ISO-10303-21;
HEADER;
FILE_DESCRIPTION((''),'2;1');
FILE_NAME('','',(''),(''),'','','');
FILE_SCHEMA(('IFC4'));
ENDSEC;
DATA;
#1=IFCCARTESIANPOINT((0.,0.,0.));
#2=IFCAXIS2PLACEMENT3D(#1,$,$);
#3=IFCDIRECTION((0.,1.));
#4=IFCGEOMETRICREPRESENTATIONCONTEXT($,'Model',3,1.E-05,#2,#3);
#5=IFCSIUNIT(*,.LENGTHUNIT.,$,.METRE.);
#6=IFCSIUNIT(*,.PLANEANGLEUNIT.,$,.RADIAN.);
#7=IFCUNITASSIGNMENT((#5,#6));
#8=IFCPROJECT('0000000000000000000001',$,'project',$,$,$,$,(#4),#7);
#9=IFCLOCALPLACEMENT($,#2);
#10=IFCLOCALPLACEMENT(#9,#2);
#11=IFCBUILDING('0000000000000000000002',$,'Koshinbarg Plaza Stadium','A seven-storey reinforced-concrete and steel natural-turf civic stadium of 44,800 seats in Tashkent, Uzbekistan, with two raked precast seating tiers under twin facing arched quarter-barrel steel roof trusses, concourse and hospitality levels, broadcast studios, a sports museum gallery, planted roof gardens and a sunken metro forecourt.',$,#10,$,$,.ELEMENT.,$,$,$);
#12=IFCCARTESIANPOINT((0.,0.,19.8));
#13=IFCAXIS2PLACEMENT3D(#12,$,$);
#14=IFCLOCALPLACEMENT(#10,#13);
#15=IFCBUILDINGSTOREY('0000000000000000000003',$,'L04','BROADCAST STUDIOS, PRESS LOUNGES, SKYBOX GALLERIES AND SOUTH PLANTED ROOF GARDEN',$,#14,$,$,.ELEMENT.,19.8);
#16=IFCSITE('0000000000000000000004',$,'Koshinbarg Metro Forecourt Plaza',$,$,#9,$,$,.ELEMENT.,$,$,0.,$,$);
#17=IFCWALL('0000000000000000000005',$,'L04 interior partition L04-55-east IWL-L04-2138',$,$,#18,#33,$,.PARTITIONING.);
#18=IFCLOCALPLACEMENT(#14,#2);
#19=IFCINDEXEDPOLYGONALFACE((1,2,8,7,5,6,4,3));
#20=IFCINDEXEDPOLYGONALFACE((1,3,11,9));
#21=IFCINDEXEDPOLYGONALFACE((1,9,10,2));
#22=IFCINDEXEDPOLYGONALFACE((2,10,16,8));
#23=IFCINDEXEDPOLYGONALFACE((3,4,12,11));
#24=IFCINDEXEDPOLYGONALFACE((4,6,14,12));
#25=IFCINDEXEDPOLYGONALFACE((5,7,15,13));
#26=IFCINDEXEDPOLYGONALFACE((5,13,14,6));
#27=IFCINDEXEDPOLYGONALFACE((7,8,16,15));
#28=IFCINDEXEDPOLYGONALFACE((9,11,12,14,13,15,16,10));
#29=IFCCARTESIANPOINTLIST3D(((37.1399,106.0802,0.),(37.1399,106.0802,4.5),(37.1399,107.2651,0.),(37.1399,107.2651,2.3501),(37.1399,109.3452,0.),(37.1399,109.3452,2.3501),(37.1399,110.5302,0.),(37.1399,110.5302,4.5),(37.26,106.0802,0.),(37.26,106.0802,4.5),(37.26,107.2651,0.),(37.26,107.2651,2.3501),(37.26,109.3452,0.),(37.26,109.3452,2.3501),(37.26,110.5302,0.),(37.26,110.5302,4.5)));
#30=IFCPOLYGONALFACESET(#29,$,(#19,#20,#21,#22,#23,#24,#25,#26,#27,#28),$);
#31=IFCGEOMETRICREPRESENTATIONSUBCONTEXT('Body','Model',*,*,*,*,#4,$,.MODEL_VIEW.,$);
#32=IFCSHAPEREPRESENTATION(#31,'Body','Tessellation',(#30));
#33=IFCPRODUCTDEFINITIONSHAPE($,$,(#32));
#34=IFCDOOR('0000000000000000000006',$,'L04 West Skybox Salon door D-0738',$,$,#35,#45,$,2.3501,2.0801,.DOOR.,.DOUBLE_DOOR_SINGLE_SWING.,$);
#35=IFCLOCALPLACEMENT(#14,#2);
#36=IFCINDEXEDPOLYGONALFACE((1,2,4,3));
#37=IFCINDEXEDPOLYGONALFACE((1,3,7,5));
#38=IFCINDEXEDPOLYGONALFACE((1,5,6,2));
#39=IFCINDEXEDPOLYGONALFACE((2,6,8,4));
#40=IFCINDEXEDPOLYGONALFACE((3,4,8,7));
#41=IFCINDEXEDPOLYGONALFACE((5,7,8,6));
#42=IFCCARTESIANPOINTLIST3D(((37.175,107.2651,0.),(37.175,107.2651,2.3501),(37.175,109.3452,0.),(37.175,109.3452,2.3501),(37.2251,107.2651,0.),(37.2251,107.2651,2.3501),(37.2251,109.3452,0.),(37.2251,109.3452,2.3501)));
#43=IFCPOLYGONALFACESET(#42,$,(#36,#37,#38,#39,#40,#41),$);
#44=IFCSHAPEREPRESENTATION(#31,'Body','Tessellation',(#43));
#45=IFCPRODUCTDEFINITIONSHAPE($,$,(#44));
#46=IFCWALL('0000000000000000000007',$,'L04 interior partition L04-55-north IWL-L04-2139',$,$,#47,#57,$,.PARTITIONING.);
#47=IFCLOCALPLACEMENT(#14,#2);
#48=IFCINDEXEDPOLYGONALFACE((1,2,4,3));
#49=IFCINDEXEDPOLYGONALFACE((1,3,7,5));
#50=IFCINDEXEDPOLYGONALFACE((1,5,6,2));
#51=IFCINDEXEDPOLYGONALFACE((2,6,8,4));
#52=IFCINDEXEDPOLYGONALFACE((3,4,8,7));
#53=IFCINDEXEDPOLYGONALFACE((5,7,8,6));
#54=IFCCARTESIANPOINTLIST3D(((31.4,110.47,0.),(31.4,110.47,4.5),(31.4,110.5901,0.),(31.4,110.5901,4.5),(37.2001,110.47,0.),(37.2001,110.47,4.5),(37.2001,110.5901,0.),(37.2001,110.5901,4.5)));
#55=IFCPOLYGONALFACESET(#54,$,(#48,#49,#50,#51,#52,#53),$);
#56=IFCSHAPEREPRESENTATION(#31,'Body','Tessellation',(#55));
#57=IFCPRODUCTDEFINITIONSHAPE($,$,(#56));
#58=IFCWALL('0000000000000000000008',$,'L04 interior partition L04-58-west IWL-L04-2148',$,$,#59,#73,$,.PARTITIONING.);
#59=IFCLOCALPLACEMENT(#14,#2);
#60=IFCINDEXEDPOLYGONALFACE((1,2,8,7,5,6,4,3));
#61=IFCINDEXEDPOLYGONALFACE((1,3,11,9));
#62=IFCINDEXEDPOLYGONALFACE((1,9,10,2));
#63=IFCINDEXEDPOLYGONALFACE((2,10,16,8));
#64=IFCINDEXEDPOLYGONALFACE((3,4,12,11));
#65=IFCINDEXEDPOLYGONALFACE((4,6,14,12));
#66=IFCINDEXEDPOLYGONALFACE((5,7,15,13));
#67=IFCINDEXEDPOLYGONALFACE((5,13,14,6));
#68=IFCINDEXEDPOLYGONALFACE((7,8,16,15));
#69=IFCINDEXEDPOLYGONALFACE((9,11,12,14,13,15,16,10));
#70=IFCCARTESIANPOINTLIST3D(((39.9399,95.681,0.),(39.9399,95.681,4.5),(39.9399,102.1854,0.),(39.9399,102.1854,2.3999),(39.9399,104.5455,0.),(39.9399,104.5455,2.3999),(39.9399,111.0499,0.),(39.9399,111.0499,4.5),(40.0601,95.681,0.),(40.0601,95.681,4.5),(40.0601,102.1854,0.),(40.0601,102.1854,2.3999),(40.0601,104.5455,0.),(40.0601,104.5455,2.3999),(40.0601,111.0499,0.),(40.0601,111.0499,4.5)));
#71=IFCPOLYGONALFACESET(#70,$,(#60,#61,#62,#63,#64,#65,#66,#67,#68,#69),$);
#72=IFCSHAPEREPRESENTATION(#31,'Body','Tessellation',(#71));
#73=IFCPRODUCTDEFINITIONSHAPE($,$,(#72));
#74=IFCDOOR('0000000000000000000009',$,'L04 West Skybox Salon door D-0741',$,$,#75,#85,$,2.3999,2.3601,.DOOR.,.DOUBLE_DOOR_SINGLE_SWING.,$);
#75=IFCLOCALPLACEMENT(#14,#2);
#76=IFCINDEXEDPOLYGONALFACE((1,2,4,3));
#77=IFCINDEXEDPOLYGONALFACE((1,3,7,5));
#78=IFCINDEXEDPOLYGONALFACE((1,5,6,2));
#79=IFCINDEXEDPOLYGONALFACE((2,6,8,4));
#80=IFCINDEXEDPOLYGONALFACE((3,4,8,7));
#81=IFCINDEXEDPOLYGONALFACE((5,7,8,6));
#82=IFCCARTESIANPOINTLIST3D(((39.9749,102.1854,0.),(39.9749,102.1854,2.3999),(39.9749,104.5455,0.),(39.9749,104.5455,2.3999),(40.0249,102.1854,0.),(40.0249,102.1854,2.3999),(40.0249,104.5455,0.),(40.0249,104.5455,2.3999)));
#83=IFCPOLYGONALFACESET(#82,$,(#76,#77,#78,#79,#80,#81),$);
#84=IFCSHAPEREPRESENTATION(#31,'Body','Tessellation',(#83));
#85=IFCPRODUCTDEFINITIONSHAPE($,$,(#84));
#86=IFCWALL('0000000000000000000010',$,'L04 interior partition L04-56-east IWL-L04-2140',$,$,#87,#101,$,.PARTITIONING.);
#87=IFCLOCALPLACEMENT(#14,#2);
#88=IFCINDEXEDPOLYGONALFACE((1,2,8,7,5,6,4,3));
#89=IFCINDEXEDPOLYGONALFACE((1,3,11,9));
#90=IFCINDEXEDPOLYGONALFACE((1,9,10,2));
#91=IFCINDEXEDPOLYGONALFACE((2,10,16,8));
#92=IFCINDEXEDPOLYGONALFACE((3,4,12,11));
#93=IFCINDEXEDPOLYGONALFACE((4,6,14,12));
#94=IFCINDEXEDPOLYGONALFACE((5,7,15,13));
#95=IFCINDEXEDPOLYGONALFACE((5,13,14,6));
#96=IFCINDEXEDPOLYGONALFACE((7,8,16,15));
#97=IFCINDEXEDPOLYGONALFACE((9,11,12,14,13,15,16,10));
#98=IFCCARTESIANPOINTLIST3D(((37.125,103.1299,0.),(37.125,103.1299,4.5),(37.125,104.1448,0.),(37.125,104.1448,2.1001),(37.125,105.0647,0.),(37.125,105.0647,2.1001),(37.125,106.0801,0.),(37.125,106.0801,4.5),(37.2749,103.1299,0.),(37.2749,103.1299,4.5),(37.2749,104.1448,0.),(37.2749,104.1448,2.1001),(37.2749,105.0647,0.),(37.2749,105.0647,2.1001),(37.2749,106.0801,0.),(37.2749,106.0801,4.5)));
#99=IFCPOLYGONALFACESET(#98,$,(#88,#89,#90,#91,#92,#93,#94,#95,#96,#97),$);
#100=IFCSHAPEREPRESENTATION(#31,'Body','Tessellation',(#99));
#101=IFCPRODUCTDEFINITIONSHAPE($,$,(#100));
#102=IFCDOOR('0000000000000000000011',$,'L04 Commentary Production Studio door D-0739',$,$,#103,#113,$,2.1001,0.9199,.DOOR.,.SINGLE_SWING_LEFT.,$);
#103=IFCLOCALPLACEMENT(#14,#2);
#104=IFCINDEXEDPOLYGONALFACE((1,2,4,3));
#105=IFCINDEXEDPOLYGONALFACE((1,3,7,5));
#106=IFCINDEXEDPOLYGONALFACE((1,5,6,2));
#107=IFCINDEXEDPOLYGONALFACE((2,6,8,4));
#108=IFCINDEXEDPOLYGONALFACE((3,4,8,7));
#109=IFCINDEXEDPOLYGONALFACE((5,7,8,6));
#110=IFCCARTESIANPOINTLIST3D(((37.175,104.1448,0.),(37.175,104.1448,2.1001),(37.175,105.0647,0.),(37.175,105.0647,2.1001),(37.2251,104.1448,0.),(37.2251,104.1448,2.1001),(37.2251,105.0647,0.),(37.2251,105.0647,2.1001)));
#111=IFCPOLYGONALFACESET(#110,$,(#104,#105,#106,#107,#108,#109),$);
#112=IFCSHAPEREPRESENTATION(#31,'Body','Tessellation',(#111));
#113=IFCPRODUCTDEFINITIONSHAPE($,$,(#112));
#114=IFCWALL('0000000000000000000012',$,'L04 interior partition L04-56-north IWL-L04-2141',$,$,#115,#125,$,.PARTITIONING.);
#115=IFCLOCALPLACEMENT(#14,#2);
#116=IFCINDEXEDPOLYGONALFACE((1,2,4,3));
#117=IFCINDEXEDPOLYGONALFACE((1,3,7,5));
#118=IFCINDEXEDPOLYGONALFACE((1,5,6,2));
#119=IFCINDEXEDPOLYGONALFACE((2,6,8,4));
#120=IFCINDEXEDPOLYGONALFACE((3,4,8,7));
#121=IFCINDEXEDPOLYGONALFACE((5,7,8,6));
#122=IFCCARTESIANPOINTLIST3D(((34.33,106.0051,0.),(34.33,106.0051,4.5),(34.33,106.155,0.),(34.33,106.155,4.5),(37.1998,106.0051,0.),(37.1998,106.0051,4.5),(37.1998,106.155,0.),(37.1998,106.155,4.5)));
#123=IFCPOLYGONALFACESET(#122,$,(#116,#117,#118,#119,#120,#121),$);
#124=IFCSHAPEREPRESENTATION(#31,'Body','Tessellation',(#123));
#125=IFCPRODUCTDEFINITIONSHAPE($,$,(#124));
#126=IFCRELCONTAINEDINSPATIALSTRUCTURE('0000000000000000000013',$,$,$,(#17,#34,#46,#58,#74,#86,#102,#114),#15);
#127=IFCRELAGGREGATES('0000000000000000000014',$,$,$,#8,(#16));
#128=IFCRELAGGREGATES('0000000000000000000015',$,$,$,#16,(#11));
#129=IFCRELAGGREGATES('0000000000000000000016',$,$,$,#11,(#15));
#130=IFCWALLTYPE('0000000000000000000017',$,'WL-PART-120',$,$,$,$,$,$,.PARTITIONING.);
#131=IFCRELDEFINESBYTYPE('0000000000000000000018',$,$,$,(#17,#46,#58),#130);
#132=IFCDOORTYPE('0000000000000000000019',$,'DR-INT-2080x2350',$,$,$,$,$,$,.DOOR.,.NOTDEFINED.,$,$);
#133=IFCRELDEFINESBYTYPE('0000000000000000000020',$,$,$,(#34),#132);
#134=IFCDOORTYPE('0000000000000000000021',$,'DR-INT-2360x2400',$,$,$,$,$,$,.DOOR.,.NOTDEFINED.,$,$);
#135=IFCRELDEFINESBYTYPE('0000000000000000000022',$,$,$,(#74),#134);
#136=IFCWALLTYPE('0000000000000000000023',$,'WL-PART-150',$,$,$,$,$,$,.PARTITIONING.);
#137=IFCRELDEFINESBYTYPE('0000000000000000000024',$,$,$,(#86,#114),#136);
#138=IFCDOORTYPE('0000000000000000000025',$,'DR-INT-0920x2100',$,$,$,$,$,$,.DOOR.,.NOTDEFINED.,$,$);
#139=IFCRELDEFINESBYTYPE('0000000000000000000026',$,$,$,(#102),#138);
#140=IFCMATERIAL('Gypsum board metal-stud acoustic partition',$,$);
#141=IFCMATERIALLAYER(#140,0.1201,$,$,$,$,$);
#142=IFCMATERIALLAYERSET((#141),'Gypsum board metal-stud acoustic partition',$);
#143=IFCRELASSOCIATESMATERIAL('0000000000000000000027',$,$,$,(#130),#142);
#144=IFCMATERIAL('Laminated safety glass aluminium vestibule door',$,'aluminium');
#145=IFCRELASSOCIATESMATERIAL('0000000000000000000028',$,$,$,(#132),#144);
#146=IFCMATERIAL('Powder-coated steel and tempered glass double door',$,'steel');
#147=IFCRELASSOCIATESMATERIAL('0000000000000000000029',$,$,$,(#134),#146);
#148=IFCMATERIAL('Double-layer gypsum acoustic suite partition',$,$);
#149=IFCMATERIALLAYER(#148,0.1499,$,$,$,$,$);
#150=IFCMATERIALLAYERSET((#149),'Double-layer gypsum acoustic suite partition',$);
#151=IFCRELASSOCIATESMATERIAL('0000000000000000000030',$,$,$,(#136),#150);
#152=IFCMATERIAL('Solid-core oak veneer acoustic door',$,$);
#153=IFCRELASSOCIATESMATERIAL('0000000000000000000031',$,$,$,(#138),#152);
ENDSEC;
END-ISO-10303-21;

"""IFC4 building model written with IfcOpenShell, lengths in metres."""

from ifc_helpers import new_model, si_unit, direction, frame, frame_2d, origin, place, context, subcontext, project, spatial, rectangle, extrude, material, layer, layer_set, type_object, element, fill, save


model = new_model("IFC4")

# Units and contexts
model_context = context("Model", 3, precision=1e-05, world=origin(), true_north=direction((0.0, 1.0)))
body_context = subcontext(model_context, "Body", "Model", "MODEL_VIEW")
ifc_project = project(units=[si_unit("LENGTHUNIT", "METRE"), si_unit("PLANEANGLEUNIT", "RADIAN")], contexts=[model_context])

# Site, building, storey
site_placement = place(None, origin())
site = spatial("IfcSite", under=ifc_project, at=site_placement, Name="Koshinbarg Metro Forecourt Plaza", CompositionType="ELEMENT", RefElevation=0.0)
building_placement = place(site_placement, origin())
building = spatial("IfcBuilding", under=site, at=building_placement, Name="Koshinbarg Plaza Stadium", Description="A seven-storey reinforced-concrete and steel natural-turf civic stadium of 44,800 seats in Tashkent, Uzbekistan, with two raked precast seating tiers under twin facing arched quarter-barrel steel roof trusses, concourse and hospitality levels, broadcast studios, a sports museum gallery, planted roof gardens and a sunken metro forecourt.", CompositionType="ELEMENT")
storey_placement = place(building_placement, frame((0.0, 0.0, 19.8)))
storey = spatial("IfcBuildingStorey", under=building, at=storey_placement, Name="L04", Description="BROADCAST STUDIOS, PRESS LOUNGES, SKYBOX GALLERIES AND SOUTH PLANTED ROOF GARDEN", CompositionType="ELEMENT", Elevation=19.8)

# Wall, opening, door
ifc_material_1 = material(Name="Gypsum board metal-stud acoustic partition")
ifc_layer_1 = layer(ifc_material_1, 0.1201)
ifc_layer_set_1 = layer_set([ifc_layer_1], Name="Gypsum board metal-stud acoustic partition")
wall_type_1 = type_object("IfcWallType", Name="WL-PART-120", PredefinedType="PARTITIONING", material=ifc_layer_set_1)
wall_1_placement = place(storey_placement, frame((37.2, 106.0801, 0.0), z_axis=(0.0, 0.0, 1.0), x_axis=(0.0, 1.0, 0.0)))
wall_1 = element("IfcWall", 1, at=wall_1_placement, inside=storey, type_object=wall_type_1, Name="L04 interior partition L04-55-east IWL-L04-2138", PredefinedType="PARTITIONING", context=body_context, shape_type="SweptSolid", body=[
    extrude(rectangle(XDim=4.45, YDim=0.1201, at=frame_2d((2.2251, 0.0))), origin(), (0.0, 0.0, 1.0), 4.5),
])
opening_1_placement = place(wall_1_placement, frame((1.1851, 0.0, 0.0)))
opening_1 = element("IfcOpeningElement", 2, at=opening_1_placement, cuts=wall_1, PredefinedType="OPENING", context=body_context, shape_type="SweptSolid", body=[
    extrude(rectangle(XDim=2.0801, YDim=2.3501, at=frame_2d((1.04, 1.175))), frame((0.0, 0.0701, 0.0), z_axis=(0.0, -1.0, 0.0), x_axis=(1.0, 0.0, 0.0)), (0.0, 0.0, 1.0), 0.1401),
])
ifc_material_2 = material(Name="Laminated safety glass aluminium vestibule door", Category="aluminium")
door_type_1 = type_object("IfcDoorType", Name="DR-INT-2080x2350", OperationType="NOTDEFINED", PredefinedType="DOOR", material=ifc_material_2)
door_1_placement = place(opening_1_placement, origin())
door_1 = element("IfcDoor", 3, at=door_1_placement, inside=storey, type_object=door_type_1, Name="L04 West Skybox Salon door D-0738", OperationType="DOUBLE_DOOR_SINGLE_SWING", OverallHeight=2.3501, OverallWidth=2.0801, PredefinedType="DOOR", context=body_context, shape_type="SweptSolid", body=[
    extrude(rectangle(XDim=2.0801, YDim=2.3501, at=frame_2d((1.04, 1.175))), frame((0.0, 0.0249, 0.0), z_axis=(0.0, -1.0, 0.0), x_axis=(1.0, 0.0, 0.0)), (0.0, 0.0, 1.0), 0.05),
])
fill(opening_1, door_1)

# Wall
wall_2_placement = place(storey_placement, frame((37.2, 110.53, 0.0), z_axis=(0.0, 0.0, 1.0), x_axis=(-1.0, 0.0, 0.0)))
element("IfcWall", 4, at=wall_2_placement, inside=storey, type_object=wall_type_1, Name="L04 interior partition L04-55-north IWL-L04-2139", PredefinedType="PARTITIONING", context=body_context, shape_type="SweptSolid", body=[
    extrude(rectangle(XDim=5.8, YDim=0.1201, at=frame_2d((2.8999, 0.0))), origin(), (0.0, 0.0, 1.0), 4.5),
])

# Walls, openings, doors
wall_3_placement = place(storey_placement, frame((40.0, 111.05, 0.0), z_axis=(0.0, 0.0, 1.0), x_axis=(0.0, -1.0, 0.0)))
wall_3 = element("IfcWall", 5, at=wall_3_placement, inside=storey, type_object=wall_type_1, Name="L04 interior partition L04-58-west IWL-L04-2148", PredefinedType="PARTITIONING", context=body_context, shape_type="SweptSolid", body=[
    extrude(rectangle(XDim=15.3689, YDim=0.1201, at=frame_2d((7.6846, 0.0))), origin(), (0.0, 0.0, 1.0), 4.5),
])
opening_2_placement = place(wall_3_placement, frame((6.5044, 0.0, 0.0)))
opening_2 = element("IfcOpeningElement", 6, at=opening_2_placement, cuts=wall_3, PredefinedType="OPENING", context=body_context, shape_type="SweptSolid", body=[
    extrude(rectangle(XDim=2.3601, YDim=2.3999, at=frame_2d((1.1802, 1.2))), frame((0.0, 0.0701, 0.0), z_axis=(0.0, -1.0, 0.0), x_axis=(1.0, 0.0, 0.0)), (0.0, 0.0, 1.0), 0.1401),
])
ifc_material_3 = material(Name="Powder-coated steel and tempered glass double door", Category="steel")
door_type_2 = type_object("IfcDoorType", Name="DR-INT-2360x2400", OperationType="NOTDEFINED", PredefinedType="DOOR", material=ifc_material_3)
door_2_placement = place(opening_2_placement, origin())
door_2 = element("IfcDoor", 7, at=door_2_placement, inside=storey, type_object=door_type_2, Name="L04 West Skybox Salon door D-0741", OperationType="DOUBLE_DOOR_SINGLE_SWING", OverallHeight=2.3999, OverallWidth=2.3601, PredefinedType="DOOR", context=body_context, shape_type="SweptSolid", body=[
    extrude(rectangle(XDim=2.3601, YDim=2.3999, at=frame_2d((1.1802, 1.2))), frame((0.0, 0.0249, 0.0), z_axis=(0.0, -1.0, 0.0), x_axis=(1.0, 0.0, 0.0)), (0.0, 0.0, 1.0), 0.05),
])
fill(opening_2, door_2)
ifc_material_4 = material(Name="Double-layer gypsum acoustic suite partition")
ifc_layer_2 = layer(ifc_material_4, 0.1499)
ifc_layer_set_2 = layer_set([ifc_layer_2], Name="Double-layer gypsum acoustic suite partition")
wall_type_2 = type_object("IfcWallType", Name="WL-PART-150", PredefinedType="PARTITIONING", material=ifc_layer_set_2)
wall_4_placement = place(storey_placement, frame((37.2, 103.1299, 0.0), z_axis=(0.0, 0.0, 1.0), x_axis=(0.0, 1.0, 0.0)))
wall_4 = element("IfcWall", 8, at=wall_4_placement, inside=storey, type_object=wall_type_2, Name="L04 interior partition L04-56-east IWL-L04-2140", PredefinedType="PARTITIONING", context=body_context, shape_type="SweptSolid", body=[
    extrude(rectangle(XDim=2.9502, YDim=0.1499, at=frame_2d((1.4751, 0.0))), origin(), (0.0, 0.0, 1.0), 4.5),
])
opening_3_placement = place(wall_4_placement, frame((1.0149, 0.0, 0.0)))
opening_3 = element("IfcOpeningElement", 9, at=opening_3_placement, cuts=wall_4, PredefinedType="OPENING", context=body_context, shape_type="SweptSolid", body=[
    extrude(rectangle(XDim=0.9199, YDim=2.1001, at=frame_2d((0.46, 1.05))), frame((0.0, 0.085, 0.0), z_axis=(0.0, -1.0, 0.0), x_axis=(1.0, 0.0, 0.0)), (0.0, 0.0, 1.0), 0.1699),
])
ifc_material_5 = material(Name="Solid-core oak veneer acoustic door")
door_type_3 = type_object("IfcDoorType", Name="DR-INT-0920x2100", OperationType="NOTDEFINED", PredefinedType="DOOR", material=ifc_material_5)
door_3_placement = place(opening_3_placement, origin())
door_3 = element("IfcDoor", 10, at=door_3_placement, inside=storey, type_object=door_type_3, Name="L04 Commentary Production Studio door D-0739", OperationType="SINGLE_SWING_LEFT", OverallHeight=2.1001, OverallWidth=0.9199, PredefinedType="DOOR", context=body_context, shape_type="SweptSolid", body=[
    extrude(rectangle(XDim=0.9199, YDim=2.1001, at=frame_2d((0.46, 1.05))), frame((0.0, 0.0249, 0.0), z_axis=(0.0, -1.0, 0.0), x_axis=(1.0, 0.0, 0.0)), (0.0, 0.0, 1.0), 0.05),
])
fill(opening_3, door_3)

# Wall
wall_5_placement = place(storey_placement, frame((37.2, 106.0801, 0.0), z_axis=(0.0, 0.0, 1.0), x_axis=(-1.0, 0.0, 0.0)))
element("IfcWall", 11, at=wall_5_placement, inside=storey, type_object=wall_type_2, Name="L04 interior partition L04-56-north IWL-L04-2141", PredefinedType="PARTITIONING", context=body_context, shape_type="SweptSolid", body=[
    extrude(rectangle(XDim=2.8699, YDim=0.1499, at=frame_2d((1.4351, 0.0))), origin(), (0.0, 0.0, 1.0), 4.5),
])

save(model, "model.ifc")
